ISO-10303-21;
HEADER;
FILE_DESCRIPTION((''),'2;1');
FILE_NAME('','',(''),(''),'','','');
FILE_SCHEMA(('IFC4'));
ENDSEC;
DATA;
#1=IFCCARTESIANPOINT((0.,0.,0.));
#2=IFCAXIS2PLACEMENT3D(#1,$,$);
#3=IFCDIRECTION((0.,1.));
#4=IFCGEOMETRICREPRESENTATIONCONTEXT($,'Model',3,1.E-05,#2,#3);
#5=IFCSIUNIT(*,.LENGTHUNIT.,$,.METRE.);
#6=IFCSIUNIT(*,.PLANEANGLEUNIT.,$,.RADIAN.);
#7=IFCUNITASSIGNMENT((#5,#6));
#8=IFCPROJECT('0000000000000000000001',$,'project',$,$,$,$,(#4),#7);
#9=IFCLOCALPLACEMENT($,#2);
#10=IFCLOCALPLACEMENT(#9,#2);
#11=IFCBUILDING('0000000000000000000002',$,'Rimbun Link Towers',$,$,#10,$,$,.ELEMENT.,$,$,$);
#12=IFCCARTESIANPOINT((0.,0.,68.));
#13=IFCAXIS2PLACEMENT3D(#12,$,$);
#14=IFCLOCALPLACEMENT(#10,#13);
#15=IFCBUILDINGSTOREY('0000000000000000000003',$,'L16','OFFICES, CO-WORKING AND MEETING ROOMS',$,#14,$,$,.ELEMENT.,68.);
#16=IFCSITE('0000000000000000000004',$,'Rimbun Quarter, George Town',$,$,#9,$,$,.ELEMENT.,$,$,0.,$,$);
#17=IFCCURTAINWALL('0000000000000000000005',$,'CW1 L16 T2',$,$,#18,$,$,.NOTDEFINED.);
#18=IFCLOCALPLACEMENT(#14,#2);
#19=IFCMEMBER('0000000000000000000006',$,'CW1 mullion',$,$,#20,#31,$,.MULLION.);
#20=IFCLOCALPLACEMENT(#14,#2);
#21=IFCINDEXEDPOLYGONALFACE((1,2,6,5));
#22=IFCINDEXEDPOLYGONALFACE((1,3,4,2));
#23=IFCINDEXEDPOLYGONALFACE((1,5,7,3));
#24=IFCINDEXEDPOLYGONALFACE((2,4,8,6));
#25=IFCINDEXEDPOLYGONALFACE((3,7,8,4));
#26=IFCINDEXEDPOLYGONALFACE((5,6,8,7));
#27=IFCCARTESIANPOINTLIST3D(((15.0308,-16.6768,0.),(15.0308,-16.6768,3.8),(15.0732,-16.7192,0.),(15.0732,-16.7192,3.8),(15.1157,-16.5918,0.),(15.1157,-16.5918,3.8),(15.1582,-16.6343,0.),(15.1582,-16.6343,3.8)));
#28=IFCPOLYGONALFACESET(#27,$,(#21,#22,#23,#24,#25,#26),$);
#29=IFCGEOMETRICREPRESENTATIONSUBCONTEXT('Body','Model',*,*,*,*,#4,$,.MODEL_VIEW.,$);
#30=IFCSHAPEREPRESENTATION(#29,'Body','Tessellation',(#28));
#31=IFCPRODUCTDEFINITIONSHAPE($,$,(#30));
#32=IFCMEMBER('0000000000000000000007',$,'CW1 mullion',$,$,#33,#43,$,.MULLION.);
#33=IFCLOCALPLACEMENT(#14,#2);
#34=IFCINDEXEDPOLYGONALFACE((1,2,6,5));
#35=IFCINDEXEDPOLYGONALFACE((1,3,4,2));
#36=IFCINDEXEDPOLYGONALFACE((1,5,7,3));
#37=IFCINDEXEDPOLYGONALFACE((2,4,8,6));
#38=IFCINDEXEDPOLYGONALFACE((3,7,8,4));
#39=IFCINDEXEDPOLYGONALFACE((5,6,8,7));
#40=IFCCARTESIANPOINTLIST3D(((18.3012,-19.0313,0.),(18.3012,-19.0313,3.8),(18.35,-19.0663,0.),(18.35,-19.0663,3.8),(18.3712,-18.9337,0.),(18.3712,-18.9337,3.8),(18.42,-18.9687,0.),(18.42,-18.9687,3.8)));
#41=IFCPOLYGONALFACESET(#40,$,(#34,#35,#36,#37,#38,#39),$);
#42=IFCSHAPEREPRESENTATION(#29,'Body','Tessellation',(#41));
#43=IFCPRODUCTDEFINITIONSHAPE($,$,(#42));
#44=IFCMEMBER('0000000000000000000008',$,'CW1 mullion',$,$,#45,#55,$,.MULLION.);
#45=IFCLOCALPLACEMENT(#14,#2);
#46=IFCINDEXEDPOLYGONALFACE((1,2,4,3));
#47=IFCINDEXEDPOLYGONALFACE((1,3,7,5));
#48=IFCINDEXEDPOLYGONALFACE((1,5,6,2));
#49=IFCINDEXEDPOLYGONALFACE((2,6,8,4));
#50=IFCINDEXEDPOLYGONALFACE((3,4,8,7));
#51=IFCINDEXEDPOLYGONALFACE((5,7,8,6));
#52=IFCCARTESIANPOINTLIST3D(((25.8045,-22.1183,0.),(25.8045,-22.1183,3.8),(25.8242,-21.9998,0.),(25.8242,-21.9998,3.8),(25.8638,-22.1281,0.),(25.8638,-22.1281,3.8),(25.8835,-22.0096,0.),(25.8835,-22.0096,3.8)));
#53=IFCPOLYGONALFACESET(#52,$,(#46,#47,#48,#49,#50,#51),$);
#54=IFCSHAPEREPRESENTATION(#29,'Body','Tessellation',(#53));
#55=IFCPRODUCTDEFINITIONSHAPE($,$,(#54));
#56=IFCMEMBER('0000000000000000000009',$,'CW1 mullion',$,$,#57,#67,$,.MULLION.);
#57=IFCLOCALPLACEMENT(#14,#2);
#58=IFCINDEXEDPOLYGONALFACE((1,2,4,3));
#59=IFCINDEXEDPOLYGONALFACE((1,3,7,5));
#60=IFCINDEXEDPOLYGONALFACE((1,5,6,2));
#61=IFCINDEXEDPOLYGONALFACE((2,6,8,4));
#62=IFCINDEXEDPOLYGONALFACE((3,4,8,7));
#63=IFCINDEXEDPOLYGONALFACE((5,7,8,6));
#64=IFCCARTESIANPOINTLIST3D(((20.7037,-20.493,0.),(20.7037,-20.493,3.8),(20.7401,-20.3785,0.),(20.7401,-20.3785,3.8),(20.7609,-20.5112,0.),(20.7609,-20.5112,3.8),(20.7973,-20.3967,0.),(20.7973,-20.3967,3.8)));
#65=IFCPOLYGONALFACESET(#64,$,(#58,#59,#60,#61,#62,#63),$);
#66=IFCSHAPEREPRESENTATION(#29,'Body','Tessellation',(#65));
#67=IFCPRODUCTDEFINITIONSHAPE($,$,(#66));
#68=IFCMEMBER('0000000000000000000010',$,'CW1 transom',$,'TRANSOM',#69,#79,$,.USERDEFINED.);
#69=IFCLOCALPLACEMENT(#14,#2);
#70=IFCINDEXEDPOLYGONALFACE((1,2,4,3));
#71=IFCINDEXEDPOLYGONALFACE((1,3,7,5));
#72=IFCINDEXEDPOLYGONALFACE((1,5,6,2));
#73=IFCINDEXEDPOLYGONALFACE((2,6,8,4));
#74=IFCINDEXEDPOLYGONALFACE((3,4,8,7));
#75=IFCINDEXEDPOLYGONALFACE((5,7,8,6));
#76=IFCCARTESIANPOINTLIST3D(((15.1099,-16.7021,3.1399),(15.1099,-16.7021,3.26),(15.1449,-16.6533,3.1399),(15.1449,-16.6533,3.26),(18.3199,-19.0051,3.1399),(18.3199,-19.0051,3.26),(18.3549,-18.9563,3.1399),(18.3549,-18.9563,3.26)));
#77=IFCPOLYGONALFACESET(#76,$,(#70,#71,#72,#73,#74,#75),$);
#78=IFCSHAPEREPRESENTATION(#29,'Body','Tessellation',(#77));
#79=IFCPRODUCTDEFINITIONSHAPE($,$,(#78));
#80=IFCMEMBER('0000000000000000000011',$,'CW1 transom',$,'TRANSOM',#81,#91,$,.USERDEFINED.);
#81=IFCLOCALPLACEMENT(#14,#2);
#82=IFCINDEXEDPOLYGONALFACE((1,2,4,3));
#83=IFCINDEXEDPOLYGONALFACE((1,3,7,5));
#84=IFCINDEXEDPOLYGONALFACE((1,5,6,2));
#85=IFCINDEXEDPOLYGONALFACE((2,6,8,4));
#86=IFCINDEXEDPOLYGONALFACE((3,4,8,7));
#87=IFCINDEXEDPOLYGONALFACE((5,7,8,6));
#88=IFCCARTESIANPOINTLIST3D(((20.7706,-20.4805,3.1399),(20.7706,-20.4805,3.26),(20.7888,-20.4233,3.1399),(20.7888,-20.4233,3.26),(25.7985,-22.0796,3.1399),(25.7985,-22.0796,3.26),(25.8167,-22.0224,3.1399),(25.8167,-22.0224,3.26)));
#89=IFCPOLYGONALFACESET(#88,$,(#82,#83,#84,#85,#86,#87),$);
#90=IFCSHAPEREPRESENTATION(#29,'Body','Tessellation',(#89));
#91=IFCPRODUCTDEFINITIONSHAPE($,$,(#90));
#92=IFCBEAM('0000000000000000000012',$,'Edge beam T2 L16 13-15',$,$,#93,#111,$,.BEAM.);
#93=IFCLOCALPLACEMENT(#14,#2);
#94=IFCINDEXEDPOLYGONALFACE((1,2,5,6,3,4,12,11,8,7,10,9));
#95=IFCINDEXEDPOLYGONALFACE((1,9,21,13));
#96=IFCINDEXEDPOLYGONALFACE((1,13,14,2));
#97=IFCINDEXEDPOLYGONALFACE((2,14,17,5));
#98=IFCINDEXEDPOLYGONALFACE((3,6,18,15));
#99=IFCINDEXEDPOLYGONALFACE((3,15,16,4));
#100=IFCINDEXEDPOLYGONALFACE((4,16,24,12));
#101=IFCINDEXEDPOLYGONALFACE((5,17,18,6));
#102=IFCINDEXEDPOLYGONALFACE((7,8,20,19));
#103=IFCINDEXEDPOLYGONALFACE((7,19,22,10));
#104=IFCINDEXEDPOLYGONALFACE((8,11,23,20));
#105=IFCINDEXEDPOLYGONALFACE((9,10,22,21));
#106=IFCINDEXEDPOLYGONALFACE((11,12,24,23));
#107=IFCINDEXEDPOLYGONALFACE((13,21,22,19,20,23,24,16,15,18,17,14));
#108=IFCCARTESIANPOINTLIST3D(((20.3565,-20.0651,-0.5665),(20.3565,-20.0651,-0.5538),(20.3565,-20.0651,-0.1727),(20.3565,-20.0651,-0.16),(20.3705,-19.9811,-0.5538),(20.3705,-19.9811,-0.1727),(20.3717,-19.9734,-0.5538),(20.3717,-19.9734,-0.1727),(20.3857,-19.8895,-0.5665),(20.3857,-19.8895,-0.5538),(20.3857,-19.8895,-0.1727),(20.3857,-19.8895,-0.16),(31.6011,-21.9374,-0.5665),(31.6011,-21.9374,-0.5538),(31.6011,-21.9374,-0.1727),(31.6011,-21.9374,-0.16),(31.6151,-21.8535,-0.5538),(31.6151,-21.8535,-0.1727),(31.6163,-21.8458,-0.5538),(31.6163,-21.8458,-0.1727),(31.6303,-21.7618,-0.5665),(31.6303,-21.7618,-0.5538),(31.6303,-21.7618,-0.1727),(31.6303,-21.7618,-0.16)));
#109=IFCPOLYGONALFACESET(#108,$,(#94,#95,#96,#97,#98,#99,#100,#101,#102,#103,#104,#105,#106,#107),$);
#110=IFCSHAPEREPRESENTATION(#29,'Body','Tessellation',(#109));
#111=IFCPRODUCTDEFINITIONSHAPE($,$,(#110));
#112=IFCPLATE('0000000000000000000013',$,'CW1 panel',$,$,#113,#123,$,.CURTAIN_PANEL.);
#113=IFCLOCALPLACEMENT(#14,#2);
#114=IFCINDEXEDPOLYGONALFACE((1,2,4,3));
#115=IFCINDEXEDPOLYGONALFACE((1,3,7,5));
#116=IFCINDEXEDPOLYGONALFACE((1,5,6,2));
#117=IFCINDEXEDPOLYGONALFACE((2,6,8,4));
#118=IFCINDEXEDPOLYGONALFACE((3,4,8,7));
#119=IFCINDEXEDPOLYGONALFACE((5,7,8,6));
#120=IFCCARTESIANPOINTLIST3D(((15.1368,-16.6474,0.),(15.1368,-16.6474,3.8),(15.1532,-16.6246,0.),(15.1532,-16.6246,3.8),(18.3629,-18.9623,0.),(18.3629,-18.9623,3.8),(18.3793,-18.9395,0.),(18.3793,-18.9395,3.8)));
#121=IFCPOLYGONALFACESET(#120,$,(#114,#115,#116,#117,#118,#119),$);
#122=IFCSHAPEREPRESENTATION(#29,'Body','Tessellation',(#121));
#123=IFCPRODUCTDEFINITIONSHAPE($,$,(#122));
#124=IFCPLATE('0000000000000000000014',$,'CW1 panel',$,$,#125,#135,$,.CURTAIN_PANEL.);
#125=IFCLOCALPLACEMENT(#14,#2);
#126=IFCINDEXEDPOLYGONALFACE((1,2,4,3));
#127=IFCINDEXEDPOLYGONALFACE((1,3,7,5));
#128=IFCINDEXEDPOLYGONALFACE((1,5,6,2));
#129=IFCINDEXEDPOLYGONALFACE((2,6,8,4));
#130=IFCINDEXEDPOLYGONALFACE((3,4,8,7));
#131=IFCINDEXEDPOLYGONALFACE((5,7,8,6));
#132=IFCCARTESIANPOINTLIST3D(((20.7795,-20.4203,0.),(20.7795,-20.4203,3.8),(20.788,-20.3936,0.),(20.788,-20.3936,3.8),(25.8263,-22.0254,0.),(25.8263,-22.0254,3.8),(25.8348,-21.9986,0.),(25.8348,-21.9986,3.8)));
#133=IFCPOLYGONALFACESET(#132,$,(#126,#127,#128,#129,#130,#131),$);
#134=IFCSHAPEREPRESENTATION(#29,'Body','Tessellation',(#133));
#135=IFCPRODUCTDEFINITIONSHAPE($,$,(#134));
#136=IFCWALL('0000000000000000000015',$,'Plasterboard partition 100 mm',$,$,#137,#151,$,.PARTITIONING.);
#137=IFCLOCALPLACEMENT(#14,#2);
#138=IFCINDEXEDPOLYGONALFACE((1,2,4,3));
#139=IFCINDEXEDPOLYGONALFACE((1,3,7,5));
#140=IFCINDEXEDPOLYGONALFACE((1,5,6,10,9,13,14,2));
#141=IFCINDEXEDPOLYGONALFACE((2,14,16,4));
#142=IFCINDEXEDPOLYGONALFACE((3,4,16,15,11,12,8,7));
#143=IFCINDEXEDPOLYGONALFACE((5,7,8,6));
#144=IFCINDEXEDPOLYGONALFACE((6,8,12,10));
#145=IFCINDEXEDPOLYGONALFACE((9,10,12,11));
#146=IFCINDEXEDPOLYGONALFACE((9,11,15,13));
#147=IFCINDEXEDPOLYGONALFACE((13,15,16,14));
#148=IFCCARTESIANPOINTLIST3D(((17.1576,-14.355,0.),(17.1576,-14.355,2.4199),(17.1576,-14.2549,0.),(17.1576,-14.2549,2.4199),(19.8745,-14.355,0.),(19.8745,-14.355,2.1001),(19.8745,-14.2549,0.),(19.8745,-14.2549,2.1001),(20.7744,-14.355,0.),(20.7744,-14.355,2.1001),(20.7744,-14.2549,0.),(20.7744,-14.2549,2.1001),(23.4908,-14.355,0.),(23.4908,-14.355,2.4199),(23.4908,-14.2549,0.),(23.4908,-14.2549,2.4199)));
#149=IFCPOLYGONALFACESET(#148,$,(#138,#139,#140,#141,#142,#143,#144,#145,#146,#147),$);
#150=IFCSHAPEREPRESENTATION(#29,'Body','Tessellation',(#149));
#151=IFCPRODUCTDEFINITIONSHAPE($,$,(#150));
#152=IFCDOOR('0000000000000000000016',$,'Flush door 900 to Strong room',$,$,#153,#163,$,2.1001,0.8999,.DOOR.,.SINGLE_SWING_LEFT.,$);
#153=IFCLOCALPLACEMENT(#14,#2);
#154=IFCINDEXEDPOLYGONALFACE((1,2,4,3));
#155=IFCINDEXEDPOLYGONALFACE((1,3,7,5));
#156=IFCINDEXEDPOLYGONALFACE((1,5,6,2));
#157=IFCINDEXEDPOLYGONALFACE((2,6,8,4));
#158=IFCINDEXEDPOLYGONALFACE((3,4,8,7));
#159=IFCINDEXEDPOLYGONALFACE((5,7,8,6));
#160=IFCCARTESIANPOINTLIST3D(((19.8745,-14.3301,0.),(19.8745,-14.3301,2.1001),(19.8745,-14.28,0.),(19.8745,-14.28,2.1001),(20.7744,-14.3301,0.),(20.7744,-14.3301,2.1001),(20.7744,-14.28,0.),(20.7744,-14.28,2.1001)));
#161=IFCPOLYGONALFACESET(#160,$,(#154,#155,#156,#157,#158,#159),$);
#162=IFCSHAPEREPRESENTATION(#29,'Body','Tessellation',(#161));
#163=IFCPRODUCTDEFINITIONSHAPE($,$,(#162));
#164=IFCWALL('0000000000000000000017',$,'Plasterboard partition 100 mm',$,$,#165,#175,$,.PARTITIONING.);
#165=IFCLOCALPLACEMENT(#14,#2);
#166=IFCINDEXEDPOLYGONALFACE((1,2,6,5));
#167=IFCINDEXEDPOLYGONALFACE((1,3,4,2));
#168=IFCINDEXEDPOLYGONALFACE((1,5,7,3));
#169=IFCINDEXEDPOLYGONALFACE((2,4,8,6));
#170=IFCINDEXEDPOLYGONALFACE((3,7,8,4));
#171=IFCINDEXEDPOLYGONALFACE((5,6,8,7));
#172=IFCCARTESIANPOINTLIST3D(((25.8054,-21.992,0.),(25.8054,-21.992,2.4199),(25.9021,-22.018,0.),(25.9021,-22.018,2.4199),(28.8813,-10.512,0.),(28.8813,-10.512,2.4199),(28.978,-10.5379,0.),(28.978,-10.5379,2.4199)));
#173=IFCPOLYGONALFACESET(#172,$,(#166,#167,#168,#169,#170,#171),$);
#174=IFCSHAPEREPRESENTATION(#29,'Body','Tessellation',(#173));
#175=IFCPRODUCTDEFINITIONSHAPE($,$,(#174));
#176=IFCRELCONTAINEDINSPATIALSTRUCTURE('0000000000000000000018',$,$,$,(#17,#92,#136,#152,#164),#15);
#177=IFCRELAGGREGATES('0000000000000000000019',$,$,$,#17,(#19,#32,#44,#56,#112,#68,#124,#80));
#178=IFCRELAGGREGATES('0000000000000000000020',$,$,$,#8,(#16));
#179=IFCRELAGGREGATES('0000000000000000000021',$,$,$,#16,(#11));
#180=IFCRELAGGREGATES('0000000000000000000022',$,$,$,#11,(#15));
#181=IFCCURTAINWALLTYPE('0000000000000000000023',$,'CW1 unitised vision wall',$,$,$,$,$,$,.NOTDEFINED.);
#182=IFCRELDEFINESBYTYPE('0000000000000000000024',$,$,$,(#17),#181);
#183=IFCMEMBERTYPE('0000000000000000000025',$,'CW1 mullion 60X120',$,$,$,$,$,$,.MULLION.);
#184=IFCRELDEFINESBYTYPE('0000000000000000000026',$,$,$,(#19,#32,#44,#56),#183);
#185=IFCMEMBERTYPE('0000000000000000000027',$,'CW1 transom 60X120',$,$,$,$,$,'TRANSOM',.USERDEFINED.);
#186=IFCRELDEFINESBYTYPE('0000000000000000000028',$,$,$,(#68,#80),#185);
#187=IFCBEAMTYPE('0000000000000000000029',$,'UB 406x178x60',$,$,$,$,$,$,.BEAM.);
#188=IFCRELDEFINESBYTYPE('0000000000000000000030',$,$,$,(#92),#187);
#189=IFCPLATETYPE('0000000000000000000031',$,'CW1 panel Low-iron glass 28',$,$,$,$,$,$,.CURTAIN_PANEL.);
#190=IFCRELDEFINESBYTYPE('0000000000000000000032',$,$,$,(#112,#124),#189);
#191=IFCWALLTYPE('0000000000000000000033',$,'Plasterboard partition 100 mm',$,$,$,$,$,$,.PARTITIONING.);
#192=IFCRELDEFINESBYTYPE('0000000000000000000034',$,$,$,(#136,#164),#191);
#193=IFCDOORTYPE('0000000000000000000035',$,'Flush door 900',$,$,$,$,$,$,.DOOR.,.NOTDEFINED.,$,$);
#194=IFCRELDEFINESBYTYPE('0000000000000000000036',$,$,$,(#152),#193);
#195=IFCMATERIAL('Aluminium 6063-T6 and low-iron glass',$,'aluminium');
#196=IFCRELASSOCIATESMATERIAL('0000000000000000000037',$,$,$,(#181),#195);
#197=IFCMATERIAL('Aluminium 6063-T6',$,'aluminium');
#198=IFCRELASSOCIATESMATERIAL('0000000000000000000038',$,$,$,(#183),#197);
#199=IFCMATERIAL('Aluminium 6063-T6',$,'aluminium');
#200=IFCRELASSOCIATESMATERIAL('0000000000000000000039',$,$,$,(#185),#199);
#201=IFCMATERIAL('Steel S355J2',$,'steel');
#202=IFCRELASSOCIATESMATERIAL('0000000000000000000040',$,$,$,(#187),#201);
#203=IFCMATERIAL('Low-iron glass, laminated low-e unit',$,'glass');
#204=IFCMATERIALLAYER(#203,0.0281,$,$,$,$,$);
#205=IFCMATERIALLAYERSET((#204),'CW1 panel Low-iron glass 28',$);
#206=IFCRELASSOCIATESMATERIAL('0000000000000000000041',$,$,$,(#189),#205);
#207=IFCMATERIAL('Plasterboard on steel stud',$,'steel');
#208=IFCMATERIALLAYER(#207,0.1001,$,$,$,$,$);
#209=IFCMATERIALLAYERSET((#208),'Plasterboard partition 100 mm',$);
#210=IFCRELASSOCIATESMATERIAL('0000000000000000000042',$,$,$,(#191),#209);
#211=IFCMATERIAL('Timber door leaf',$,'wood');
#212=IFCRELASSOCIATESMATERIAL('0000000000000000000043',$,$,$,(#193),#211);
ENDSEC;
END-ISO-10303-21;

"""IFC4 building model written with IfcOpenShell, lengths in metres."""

from ifc_helpers import new_model, si_unit, direction, frame, frame_2d, origin, origin_2d, place, context, subcontext, project, spatial, rectangle, i_section, extrude, material, layer, layer_set, material_profile, profile_set, type_object, element, fill, aggregate, save


model = new_model("IFC4")

# Units and contexts
model_context = context("Model", 3, precision=1e-05, world=origin(), true_north=direction((0.0, 1.0)))
body_context = subcontext(model_context, "Body", "Model", "MODEL_VIEW")
ifc_project = project(units=[si_unit("LENGTHUNIT", "METRE"), si_unit("PLANEANGLEUNIT", "RADIAN")], contexts=[model_context])

# Site, building, storey
site_placement = place(None, origin())
site = spatial("IfcSite", under=ifc_project, at=site_placement, Name="Rimbun Quarter, George Town", CompositionType="ELEMENT", RefElevation=0.0)
building_placement = place(site_placement, origin())
building = spatial("IfcBuilding", under=site, at=building_placement, Name="Rimbun Link Towers", CompositionType="ELEMENT")
storey_placement = place(building_placement, frame((0.0, 0.0, 68.0)))
storey = spatial("IfcBuildingStorey", under=building, at=storey_placement, Name="L16", Description="OFFICES, CO-WORKING AND MEETING ROOMS", CompositionType="ELEMENT", Elevation=68.0)

# Curtain wall, members
ifc_material_1 = material(Name="Aluminium 6063-T6 and low-iron glass", Category="aluminium")
curtain_wall_type = type_object("IfcCurtainWallType", Name="CW1 unitised vision wall", PredefinedType="NOTDEFINED", material=ifc_material_1)
curtain_wall_placement = place(storey_placement, origin())
curtain_wall = element("IfcCurtainWall", 1, at=curtain_wall_placement, inside=storey, type_object=curtain_wall_type, Name="CW1 L16 T2", PredefinedType="NOTDEFINED")
ifc_material_2 = material(Name="Aluminium 6063-T6", Category="aluminium")
ifc_material_profile_1 = material_profile(ifc_material_2, rectangle(XDim=0.1201, YDim=0.0601, at=origin_2d()), Name="MULLION 60X120")
ifc_profile_set_1 = profile_set([ifc_material_profile_1], Name="Aluminium 6063-T6")
member_type_1 = type_object("IfcMemberType", Name="CW1 mullion 60X120", PredefinedType="MULLION", material=ifc_profile_set_1)
member_1_placement = place(storey_placement, frame((15.0945, -16.6555, 0.0), z_axis=(0.0, 0.0, 1.0), x_axis=(-0.707107, -0.707107, 0.0)))
member_1 = element("IfcMember", 2, at=member_1_placement, type_object=member_type_1, Name="CW1 mullion", PredefinedType="MULLION", context=body_context, shape_type="SweptSolid", body=[
    extrude(rectangle(XDim=0.1201, YDim=0.0601, at=origin_2d()), origin(), (0.0, 0.0, 1.0), 3.8),
])
member_2_placement = place(storey_placement, frame((18.3606, -19.0, 0.0), z_axis=(0.0, 0.0, 1.0), x_axis=(-0.583002, -0.812471, 0.0)))
member_2 = element("IfcMember", 3, at=member_2_placement, type_object=member_type_1, Name="CW1 mullion", PredefinedType="MULLION", context=body_context, shape_type="SweptSolid", body=[
    extrude(rectangle(XDim=0.1201, YDim=0.0601, at=origin_2d()), origin(), (0.0, 0.0, 1.0), 3.8),
])
member_3_placement = place(storey_placement, frame((25.844, -22.064, 0.0), z_axis=(0.0, 0.0, 1.0), x_axis=(-0.163744, -0.986503, 0.0)))
member_3 = element("IfcMember", 4, at=member_3_placement, type_object=member_type_1, Name="CW1 mullion", PredefinedType="MULLION", context=body_context, shape_type="SweptSolid", body=[
    extrude(rectangle(XDim=0.1201, YDim=0.0601, at=origin_2d()), origin(), (0.0, 0.0, 1.0), 3.8),
])
member_4_placement = place(storey_placement, frame((20.7505, -20.4448, 0.0), z_axis=(0.0, 0.0, 1.0), x_axis=(-0.303066, -0.95297, 0.0)))
member_4 = element("IfcMember", 5, at=member_4_placement, type_object=member_type_1, Name="CW1 mullion", PredefinedType="MULLION", context=body_context, shape_type="SweptSolid", body=[
    extrude(rectangle(XDim=0.1201, YDim=0.0601, at=origin_2d()), origin(), (0.0, 0.0, 1.0), 3.8),
])
ifc_material_3 = material(Name="Aluminium 6063-T6", Category="aluminium")
ifc_material_profile_2 = material_profile(ifc_material_3, rectangle(XDim=0.0601, YDim=0.1201, at=origin_2d()), Name="TRANSOM 60X120")
ifc_profile_set_2 = profile_set([ifc_material_profile_2], Name="Aluminium 6063-T6")
member_type_2 = type_object("IfcMemberType", Name="CW1 transom 60X120", ElementType="TRANSOM", PredefinedType="USERDEFINED", material=ifc_profile_set_2)
member_5_placement = place(storey_placement, frame((18.3374, -18.9807, 3.2), z_axis=(-0.812517, 0.582938, 0.0), x_axis=(-0.582938, -0.812517, 0.0)))
member_5 = element("IfcMember", 6, at=member_5_placement, type_object=member_type_2, Name="CW1 transom", ObjectType="TRANSOM", PredefinedType="USERDEFINED", context=body_context, shape_type="SweptSolid", body=[
    extrude(rectangle(XDim=0.0601, YDim=0.1201, at=origin_2d()), origin(), (0.0, 0.0, 1.0), 3.9507),
])
member_6_placement = place(storey_placement, frame((25.8076, -22.051, 3.2), z_axis=(-0.952961, 0.303093, 0.0), x_axis=(-0.303093, -0.952961, 0.0)))
member_6 = element("IfcMember", 7, at=member_6_placement, type_object=member_type_2, Name="CW1 transom", ObjectType="TRANSOM", PredefinedType="USERDEFINED", context=body_context, shape_type="SweptSolid", body=[
    extrude(rectangle(XDim=0.0601, YDim=0.1201, at=origin_2d()), origin(), (0.0, 0.0, 1.0), 5.2761),
])

# Beam
ifc_material_4 = material(Name="Steel S355J2", Category="steel")
ifc_material_profile_3 = material_profile(ifc_material_4, i_section(OverallWidth=0.178, OverallDepth=0.4065, WebThickness=0.0078, FlangeThickness=0.0127, at=origin_2d()), Name="UB 406x178x60")
ifc_profile_set_3 = profile_set([ifc_material_profile_3], Name="Steel S355J2")
beam_type = type_object("IfcBeamType", Name="UB 406x178x60", PredefinedType="BEAM", material=ifc_profile_set_3)
beam_placement = place(storey_placement, frame((20.3711, -19.9773, -0.3633), z_axis=(0.986419, -0.164246, 0.0), x_axis=(0.164246, 0.986419, 0.0)))
element("IfcBeam", 8, at=beam_placement, inside=storey, type_object=beam_type, Name="Edge beam T2 L16 13-15", PredefinedType="BEAM", context=body_context, shape_type="SweptSolid", body=[
    extrude(i_section(OverallWidth=0.178, OverallDepth=0.4065, WebThickness=0.0078, FlangeThickness=0.0127, at=origin_2d()), origin(), (0.0, 0.0, 1.0), 11.3994),
])

# Plates
ifc_material_5 = material(Name="Low-iron glass, laminated low-e unit", Category="glass")
ifc_layer_1 = layer(ifc_material_5, 0.0281)
ifc_layer_set_1 = layer_set([ifc_layer_1], Name="CW1 panel Low-iron glass 28")
plate_type = type_object("IfcPlateType", Name="CW1 panel Low-iron glass 28", PredefinedType="CURTAIN_PANEL", material=ifc_layer_set_1)
plate_1_placement = place(storey_placement, frame((16.7581, -17.7935, 0.0), z_axis=(0.0, 0.0, 1.0), x_axis=(-0.812471, 0.583002, 0.0)))
plate_1 = element("IfcPlate", 9, at=plate_1_placement, type_object=plate_type, Name="CW1 panel", PredefinedType="CURTAIN_PANEL", context=body_context, shape_type="SweptSolid", body=[
    extrude(rectangle(XDim=3.9707, YDim=0.0281, at=origin_2d()), origin(), (0.0, 0.0, 1.0), 3.8),
])
plate_2_placement = place(storey_placement, frame((23.3071, -21.2095, 0.0), z_axis=(0.0, 0.0, 1.0), x_axis=(-0.95297, 0.303066, 0.0)))
plate_2 = element("IfcPlate", 10, at=plate_2_placement, type_object=plate_type, Name="CW1 panel", PredefinedType="CURTAIN_PANEL", context=body_context, shape_type="SweptSolid", body=[
    extrude(rectangle(XDim=5.2959, YDim=0.0281, at=origin_2d()), origin(), (0.0, 0.0, 1.0), 3.8),
])
aggregate(curtain_wall, [member_1, member_2, member_3, member_4, plate_1, member_5, plate_2, member_6])

# Wall, opening, door
ifc_material_6 = material(Name="Plasterboard on steel stud", Category="steel")
ifc_layer_2 = layer(ifc_material_6, 0.1001)
ifc_layer_set_2 = layer_set([ifc_layer_2], Name="Plasterboard partition 100 mm")
wall_type = type_object("IfcWallType", Name="Plasterboard partition 100 mm", PredefinedType="PARTITIONING", material=ifc_layer_set_2)
wall_1_placement = place(storey_placement, frame((17.1577, -14.3049, 0.0), z_axis=(0.0, 0.0, 1.0), x_axis=(1.0, 0.0, 0.0)))
wall_1 = element("IfcWall", 11, at=wall_1_placement, inside=storey, type_object=wall_type, Name="Plasterboard partition 100 mm", PredefinedType="PARTITIONING", context=body_context, shape_type="SweptSolid", body=[
    extrude(rectangle(XDim=6.3333, YDim=0.1001, at=frame_2d((3.1665, 0.0))), origin(), (0.0, 0.0, 1.0), 2.4199),
])
opening_placement = place(wall_1_placement, frame((2.7168, 0.0, 0.0)))
opening = element("IfcOpeningElement", 12, at=opening_placement, cuts=wall_1, PredefinedType="OPENING", context=body_context, shape_type="SweptSolid", body=[
    extrude(rectangle(XDim=0.8999, YDim=2.1001, at=frame_2d((0.45, 1.05))), frame((0.0, 0.0601, 0.0), z_axis=(0.0, -1.0, 0.0), x_axis=(1.0, 0.0, 0.0)), (0.0, 0.0, 1.0), 0.1201),
])
ifc_material_7 = material(Name="Timber door leaf", Category="wood")
door_type = type_object("IfcDoorType", Name="Flush door 900", OperationType="NOTDEFINED", PredefinedType="DOOR", material=ifc_material_7)
door_placement = place(opening_placement, origin())
door = element("IfcDoor", 13, at=door_placement, inside=storey, type_object=door_type, Name="Flush door 900 to Strong room", OperationType="SINGLE_SWING_LEFT", OverallHeight=2.1001, OverallWidth=0.8999, PredefinedType="DOOR", context=body_context, shape_type="SweptSolid", body=[
    extrude(rectangle(XDim=0.8999, YDim=2.1001, at=frame_2d((0.45, 1.05))), frame((0.0, 0.0249, 0.0), z_axis=(0.0, -1.0, 0.0), x_axis=(1.0, 0.0, 0.0)), (0.0, 0.0, 1.0), 0.05),
])
fill(opening, door)

# Wall
wall_2_placement = place(storey_placement, frame((25.8538, -22.0049, 0.0), z_axis=(0.0, 0.0, 1.0), x_axis=(0.258809, 0.965928, 0.0)))
element("IfcWall", 14, at=wall_2_placement, inside=storey, type_object=wall_type, Name="Plasterboard partition 100 mm", PredefinedType="PARTITIONING", context=body_context, shape_type="SweptSolid", body=[
    extrude(rectangle(XDim=11.885, YDim=0.1001, at=frame_2d((5.9424, 0.0))), origin(), (0.0, 0.0, 1.0), 2.4199),
])

save(model, "model.ifc")
